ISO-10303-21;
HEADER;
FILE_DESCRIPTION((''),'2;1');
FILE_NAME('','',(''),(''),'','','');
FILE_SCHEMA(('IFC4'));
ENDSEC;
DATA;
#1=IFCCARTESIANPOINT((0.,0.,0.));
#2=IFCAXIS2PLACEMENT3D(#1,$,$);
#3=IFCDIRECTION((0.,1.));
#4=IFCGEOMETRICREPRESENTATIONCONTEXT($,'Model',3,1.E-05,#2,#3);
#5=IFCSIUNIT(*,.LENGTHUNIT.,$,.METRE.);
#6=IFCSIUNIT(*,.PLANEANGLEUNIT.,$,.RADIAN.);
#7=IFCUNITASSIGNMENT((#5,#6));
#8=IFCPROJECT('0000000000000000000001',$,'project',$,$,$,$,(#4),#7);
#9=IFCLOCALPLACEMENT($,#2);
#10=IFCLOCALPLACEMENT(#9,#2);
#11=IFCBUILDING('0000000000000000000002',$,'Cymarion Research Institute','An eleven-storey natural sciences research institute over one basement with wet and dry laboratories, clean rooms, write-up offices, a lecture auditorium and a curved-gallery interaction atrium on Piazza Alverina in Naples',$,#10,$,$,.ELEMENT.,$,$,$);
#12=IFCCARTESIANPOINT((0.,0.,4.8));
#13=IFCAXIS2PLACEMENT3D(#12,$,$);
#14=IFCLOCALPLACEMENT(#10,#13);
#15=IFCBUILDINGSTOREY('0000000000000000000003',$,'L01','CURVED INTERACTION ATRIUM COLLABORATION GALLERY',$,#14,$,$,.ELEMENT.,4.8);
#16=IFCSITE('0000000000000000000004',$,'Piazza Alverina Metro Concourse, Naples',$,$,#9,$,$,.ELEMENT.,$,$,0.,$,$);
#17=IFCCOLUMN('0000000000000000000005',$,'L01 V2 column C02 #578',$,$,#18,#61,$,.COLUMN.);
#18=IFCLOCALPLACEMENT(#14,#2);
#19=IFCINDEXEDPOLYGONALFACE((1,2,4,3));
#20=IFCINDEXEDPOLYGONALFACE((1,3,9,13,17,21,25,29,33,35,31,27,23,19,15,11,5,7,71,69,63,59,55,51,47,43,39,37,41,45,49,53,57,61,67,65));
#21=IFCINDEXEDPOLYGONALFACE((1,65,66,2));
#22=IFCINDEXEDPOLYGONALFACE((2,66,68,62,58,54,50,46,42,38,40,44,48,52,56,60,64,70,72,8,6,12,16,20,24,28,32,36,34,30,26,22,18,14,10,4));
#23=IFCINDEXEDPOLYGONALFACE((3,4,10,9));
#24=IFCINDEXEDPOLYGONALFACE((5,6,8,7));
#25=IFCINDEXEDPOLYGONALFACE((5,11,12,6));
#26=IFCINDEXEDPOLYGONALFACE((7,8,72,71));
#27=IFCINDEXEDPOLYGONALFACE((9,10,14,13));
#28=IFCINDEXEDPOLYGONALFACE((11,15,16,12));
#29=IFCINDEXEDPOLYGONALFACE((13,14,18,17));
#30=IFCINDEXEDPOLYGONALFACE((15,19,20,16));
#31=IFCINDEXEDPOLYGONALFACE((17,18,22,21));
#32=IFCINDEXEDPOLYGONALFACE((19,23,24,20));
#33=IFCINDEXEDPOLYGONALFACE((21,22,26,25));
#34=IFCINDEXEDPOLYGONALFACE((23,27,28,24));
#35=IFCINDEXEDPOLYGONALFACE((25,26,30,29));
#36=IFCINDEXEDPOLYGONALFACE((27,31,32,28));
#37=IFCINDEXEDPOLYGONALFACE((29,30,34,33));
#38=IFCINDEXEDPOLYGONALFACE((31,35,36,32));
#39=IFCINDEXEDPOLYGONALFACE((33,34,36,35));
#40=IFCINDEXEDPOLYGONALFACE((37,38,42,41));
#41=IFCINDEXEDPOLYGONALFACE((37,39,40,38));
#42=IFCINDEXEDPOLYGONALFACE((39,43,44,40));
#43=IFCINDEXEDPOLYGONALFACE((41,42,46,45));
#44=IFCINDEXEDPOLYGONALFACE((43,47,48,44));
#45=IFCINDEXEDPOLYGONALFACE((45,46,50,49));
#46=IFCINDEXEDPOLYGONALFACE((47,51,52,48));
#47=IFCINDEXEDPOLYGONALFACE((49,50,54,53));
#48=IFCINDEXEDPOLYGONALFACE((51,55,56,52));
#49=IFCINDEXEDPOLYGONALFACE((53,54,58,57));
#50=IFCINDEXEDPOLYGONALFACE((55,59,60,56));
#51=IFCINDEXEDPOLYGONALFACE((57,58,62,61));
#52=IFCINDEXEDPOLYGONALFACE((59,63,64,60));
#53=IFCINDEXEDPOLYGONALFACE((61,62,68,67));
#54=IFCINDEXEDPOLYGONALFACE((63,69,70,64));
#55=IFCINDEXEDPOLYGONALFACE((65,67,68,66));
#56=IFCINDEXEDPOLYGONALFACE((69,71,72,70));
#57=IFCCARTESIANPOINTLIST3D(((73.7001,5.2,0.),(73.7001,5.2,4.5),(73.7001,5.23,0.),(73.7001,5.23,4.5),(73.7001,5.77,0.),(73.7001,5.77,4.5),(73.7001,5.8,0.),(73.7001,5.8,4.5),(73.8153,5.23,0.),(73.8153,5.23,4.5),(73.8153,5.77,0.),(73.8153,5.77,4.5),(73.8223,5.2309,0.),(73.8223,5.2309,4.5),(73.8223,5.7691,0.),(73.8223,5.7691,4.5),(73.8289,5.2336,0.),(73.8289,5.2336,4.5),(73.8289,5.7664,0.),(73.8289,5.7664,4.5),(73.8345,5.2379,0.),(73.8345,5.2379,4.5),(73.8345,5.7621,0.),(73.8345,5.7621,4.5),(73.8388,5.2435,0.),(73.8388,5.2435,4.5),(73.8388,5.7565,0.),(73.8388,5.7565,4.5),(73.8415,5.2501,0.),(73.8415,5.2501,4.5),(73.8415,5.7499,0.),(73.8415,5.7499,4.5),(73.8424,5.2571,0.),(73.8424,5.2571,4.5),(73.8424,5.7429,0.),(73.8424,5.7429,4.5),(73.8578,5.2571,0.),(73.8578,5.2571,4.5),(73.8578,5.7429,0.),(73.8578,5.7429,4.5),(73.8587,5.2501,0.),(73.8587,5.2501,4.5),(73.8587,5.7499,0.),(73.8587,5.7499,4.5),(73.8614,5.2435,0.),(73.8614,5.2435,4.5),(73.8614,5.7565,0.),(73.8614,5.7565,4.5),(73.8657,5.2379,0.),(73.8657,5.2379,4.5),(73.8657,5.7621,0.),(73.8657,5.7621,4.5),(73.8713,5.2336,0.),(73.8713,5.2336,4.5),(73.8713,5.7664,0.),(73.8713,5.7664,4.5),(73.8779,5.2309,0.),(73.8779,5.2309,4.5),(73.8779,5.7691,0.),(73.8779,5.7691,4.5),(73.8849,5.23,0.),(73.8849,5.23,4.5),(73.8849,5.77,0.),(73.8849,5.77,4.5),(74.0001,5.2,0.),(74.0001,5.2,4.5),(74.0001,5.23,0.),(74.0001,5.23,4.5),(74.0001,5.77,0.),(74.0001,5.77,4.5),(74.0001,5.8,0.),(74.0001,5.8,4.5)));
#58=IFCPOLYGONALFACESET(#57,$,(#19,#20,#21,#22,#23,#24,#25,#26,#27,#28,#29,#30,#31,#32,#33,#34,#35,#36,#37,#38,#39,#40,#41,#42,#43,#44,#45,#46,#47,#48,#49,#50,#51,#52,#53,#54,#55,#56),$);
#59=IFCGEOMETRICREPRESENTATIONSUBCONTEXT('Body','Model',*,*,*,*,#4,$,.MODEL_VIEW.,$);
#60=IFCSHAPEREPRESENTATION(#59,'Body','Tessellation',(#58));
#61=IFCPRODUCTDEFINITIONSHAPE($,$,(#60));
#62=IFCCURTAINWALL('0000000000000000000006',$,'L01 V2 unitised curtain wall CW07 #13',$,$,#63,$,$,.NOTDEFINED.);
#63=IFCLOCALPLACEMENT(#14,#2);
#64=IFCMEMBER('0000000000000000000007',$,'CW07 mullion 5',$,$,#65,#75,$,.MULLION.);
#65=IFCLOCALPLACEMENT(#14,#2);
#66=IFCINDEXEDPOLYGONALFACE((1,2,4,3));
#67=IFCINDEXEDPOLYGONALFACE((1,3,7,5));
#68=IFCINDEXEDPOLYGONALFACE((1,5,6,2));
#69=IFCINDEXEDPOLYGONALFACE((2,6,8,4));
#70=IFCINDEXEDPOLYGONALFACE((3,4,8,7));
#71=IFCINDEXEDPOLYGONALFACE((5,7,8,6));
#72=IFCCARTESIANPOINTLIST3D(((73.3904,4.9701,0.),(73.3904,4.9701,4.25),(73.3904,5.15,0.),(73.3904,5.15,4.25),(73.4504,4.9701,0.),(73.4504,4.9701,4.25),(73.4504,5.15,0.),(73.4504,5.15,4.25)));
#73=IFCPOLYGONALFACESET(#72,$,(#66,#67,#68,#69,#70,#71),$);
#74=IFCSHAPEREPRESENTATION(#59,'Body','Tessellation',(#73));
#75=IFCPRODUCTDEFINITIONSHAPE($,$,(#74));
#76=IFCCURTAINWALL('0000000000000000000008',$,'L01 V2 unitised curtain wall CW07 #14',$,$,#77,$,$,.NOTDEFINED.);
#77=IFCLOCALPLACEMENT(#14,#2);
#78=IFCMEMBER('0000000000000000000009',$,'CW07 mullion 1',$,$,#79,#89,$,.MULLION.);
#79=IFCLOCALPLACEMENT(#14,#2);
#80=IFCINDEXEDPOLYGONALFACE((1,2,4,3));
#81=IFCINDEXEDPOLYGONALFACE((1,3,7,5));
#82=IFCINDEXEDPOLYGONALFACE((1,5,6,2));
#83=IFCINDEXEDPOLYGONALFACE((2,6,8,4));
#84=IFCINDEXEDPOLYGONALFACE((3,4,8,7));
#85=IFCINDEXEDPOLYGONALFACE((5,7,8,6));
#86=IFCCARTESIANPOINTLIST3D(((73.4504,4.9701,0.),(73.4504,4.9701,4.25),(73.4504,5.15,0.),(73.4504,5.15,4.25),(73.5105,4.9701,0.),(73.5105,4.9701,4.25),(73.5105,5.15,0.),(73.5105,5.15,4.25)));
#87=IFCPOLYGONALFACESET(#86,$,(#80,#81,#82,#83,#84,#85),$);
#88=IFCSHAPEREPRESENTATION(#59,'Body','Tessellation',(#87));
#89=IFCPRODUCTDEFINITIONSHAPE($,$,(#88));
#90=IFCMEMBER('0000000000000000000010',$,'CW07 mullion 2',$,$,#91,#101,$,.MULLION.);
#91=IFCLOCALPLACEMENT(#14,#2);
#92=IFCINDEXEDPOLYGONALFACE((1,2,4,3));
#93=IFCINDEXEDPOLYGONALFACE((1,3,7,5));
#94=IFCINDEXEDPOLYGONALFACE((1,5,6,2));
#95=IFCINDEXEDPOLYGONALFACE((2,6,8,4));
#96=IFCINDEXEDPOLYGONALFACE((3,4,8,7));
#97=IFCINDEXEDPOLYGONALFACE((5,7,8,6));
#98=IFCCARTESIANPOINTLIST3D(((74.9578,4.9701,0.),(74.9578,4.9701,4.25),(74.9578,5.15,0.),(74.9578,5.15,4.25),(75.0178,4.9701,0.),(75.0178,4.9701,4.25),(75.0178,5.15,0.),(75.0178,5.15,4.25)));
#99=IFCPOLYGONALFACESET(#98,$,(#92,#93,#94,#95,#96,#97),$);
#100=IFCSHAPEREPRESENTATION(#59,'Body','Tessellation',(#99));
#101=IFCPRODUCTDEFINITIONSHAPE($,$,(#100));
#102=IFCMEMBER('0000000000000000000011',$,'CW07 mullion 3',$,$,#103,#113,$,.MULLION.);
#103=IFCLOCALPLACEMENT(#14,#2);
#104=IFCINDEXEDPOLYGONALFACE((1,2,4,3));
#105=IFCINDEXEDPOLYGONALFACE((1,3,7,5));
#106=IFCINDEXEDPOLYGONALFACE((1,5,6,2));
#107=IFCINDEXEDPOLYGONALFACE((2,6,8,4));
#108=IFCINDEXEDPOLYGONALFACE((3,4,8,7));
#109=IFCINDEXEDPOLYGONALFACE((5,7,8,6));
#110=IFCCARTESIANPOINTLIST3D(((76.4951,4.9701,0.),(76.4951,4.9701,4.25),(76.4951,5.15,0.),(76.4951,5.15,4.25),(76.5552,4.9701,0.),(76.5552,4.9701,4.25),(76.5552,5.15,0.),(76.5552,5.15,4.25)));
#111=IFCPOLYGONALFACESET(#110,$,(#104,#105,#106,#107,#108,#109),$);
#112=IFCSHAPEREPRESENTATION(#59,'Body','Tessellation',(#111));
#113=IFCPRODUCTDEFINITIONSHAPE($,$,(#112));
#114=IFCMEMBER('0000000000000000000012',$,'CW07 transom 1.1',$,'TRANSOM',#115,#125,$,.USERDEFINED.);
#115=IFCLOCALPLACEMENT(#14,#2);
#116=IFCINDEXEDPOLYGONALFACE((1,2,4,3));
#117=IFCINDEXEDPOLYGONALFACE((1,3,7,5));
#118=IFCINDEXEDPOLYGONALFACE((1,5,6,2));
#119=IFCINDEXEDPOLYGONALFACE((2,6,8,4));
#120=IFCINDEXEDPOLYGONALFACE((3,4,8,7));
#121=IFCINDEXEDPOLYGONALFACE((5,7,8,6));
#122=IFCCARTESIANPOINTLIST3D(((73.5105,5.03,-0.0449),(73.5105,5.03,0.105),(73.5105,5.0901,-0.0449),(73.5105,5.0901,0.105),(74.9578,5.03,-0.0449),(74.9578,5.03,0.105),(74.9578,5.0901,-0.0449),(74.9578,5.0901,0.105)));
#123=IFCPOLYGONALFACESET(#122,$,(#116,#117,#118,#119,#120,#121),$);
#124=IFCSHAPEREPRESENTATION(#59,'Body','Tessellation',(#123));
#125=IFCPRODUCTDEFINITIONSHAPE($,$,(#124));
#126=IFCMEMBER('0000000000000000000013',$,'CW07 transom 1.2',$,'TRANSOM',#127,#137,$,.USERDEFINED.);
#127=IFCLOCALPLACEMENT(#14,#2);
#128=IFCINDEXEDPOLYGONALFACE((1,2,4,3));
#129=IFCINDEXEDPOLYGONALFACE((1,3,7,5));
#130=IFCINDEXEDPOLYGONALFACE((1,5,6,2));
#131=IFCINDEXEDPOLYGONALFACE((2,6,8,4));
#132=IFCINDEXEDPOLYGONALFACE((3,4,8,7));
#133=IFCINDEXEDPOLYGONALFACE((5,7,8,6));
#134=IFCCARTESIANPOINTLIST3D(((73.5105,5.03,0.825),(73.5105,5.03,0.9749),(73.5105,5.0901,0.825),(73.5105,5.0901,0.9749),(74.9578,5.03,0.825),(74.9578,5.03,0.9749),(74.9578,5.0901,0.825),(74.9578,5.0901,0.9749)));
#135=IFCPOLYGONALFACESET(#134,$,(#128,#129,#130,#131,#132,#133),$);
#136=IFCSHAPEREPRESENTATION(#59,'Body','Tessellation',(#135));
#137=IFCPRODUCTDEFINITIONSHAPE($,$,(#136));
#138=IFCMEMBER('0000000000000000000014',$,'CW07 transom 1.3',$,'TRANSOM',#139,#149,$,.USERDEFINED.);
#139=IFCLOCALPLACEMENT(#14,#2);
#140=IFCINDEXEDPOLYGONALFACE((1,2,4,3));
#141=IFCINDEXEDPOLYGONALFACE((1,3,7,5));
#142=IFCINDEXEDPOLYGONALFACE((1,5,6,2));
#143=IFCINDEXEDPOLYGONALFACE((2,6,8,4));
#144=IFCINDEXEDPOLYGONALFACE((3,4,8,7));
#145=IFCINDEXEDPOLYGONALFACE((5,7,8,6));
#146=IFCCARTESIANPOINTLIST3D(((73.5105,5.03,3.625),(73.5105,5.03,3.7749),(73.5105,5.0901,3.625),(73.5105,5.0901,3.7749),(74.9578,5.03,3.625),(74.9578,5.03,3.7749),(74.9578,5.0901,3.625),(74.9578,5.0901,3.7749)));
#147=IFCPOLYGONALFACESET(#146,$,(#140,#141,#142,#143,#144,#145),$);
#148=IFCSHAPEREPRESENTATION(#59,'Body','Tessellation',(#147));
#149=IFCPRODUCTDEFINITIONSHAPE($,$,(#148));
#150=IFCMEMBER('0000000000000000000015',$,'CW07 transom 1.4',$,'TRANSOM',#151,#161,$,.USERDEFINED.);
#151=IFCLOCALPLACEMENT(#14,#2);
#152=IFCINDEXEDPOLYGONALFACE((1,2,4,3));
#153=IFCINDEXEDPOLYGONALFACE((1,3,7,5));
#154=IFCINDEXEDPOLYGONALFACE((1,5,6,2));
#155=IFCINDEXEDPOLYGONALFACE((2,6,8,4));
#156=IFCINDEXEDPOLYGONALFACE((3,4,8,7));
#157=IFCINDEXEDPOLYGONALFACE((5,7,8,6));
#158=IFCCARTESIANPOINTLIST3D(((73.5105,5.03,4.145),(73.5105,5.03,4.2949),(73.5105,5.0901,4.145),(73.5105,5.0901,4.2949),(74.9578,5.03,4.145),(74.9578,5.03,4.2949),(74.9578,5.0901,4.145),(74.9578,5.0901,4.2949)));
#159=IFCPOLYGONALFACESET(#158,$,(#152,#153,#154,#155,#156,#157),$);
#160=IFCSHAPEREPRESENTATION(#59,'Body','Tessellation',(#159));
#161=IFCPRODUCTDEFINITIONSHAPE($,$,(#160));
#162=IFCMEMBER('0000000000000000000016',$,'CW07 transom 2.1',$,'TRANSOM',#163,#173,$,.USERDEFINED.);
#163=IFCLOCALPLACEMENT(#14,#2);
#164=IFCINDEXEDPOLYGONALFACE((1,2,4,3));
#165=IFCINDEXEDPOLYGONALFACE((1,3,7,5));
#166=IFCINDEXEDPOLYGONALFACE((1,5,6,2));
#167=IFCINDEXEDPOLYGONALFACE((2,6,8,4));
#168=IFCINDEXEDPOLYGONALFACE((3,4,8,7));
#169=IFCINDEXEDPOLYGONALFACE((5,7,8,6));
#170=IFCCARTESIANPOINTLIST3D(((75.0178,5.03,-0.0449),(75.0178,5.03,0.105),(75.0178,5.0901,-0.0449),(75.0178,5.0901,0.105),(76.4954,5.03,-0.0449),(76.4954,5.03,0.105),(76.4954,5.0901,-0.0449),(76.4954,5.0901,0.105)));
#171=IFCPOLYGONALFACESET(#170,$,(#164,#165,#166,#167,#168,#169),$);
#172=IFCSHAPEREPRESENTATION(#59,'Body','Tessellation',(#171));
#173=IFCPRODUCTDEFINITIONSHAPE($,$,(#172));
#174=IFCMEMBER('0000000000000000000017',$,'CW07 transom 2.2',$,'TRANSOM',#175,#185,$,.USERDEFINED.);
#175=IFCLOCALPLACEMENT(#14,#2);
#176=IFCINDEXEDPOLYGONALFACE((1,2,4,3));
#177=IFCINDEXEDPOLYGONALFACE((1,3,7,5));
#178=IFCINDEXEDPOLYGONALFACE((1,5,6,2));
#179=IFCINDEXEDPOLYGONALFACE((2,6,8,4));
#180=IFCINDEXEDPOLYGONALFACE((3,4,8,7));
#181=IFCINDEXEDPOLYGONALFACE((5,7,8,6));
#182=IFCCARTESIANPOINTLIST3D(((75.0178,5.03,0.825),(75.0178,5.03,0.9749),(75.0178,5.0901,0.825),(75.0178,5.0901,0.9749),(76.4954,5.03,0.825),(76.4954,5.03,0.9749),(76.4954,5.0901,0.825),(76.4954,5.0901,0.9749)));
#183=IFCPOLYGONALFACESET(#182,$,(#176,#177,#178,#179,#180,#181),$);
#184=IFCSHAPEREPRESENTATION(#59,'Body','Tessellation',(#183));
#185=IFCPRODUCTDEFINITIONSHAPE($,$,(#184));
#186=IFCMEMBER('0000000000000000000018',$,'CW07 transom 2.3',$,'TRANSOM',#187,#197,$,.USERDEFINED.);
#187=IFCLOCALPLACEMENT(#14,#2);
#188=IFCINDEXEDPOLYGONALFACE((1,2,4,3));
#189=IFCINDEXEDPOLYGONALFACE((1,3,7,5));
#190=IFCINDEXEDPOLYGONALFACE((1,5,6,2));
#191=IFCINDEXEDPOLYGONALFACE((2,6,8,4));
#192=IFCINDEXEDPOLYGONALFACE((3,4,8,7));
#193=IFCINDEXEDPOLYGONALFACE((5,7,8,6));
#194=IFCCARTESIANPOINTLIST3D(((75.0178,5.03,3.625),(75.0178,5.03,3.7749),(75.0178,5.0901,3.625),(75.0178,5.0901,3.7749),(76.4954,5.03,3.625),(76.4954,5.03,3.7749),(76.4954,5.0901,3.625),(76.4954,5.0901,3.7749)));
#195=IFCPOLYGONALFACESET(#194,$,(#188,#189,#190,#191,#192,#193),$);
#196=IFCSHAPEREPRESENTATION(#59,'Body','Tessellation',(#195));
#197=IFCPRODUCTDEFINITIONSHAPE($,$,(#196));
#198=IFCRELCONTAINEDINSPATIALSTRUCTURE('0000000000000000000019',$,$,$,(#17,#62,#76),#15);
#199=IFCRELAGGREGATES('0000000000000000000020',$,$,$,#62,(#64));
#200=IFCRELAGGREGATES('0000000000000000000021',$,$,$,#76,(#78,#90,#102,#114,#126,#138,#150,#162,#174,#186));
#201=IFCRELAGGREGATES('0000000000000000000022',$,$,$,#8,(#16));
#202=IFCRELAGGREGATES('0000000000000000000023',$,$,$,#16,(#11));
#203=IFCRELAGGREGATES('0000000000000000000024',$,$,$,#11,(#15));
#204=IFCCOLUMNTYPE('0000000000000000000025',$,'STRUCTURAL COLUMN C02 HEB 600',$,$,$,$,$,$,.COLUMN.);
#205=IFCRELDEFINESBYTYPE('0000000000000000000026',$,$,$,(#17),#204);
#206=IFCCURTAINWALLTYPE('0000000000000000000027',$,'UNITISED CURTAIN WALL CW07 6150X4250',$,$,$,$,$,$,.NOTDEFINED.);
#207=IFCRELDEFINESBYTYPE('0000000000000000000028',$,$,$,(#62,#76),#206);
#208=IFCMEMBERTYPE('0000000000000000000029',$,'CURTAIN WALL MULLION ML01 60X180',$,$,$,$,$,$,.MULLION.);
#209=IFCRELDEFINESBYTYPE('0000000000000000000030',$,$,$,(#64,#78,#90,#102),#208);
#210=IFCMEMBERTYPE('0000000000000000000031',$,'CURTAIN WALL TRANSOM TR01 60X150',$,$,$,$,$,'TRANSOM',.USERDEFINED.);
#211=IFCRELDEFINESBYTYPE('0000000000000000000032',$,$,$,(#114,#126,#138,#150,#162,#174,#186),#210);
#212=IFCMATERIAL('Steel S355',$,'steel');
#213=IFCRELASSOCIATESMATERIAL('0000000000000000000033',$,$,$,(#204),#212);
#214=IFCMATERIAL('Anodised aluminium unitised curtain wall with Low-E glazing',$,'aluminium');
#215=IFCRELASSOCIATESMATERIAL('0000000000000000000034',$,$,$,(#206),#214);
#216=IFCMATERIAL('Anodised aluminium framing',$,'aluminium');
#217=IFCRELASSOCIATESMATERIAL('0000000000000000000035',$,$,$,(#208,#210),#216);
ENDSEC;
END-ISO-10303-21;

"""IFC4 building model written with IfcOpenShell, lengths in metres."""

from ifc_helpers import new_model, si_unit, direction, frame, origin, origin_2d, place, context, subcontext, project, spatial, rectangle, i_section, extrude, material, material_profile, profile_set, type_object, element, aggregate, save


model = new_model("IFC4")

# Units and contexts
model_context = context("Model", 3, precision=1e-05, world=origin(), true_north=direction((0.0, 1.0)))
body_context = subcontext(model_context, "Body", "Model", "MODEL_VIEW")
ifc_project = project(units=[si_unit("LENGTHUNIT", "METRE"), si_unit("PLANEANGLEUNIT", "RADIAN")], contexts=[model_context])

# Site, building, storey
site_placement = place(None, origin())
site = spatial("IfcSite", under=ifc_project, at=site_placement, Name="Piazza Alverina Metro Concourse, Naples", CompositionType="ELEMENT", RefElevation=0.0)
building_placement = place(site_placement, origin())
building = spatial("IfcBuilding", under=site, at=building_placement, Name="Cymarion Research Institute", Description="An eleven-storey natural sciences research institute over one basement with wet and dry laboratories, clean rooms, write-up offices, a lecture auditorium and a curved-gallery interaction atrium on Piazza Alverina in Naples", CompositionType="ELEMENT")
storey_placement = place(building_placement, frame((0.0, 0.0, 4.8)))
storey = spatial("IfcBuildingStorey", under=building, at=storey_placement, Name="L01", Description="CURVED INTERACTION ATRIUM COLLABORATION GALLERY", CompositionType="ELEMENT", Elevation=4.8)

# Column
ifc_material_1 = material(Name="Steel S355", Category="steel")
ifc_material_profile_1 = material_profile(ifc_material_1, i_section(OverallWidth=0.3, OverallDepth=0.6001, WebThickness=0.0154, FlangeThickness=0.03, FilletRadius=0.0271, at=origin_2d()), Name="HEB 600")
ifc_profile_set_1 = profile_set([ifc_material_profile_1], Name="Steel S355")
column_type = type_object("IfcColumnType", Name="STRUCTURAL COLUMN C02 HEB 600", PredefinedType="COLUMN", material=ifc_profile_set_1)
column_placement = place(storey_placement, frame((73.8501, 5.5, 0.0), z_axis=(0.0, 0.0, 1.0), x_axis=(1.0, 0.0, 0.0)))
element("IfcColumn", 1, at=column_placement, inside=storey, type_object=column_type, Name="L01 V2 column C02 #578", PredefinedType="COLUMN", context=body_context, shape_type="SweptSolid", body=[
    extrude(i_section(OverallWidth=0.3, OverallDepth=0.6001, WebThickness=0.0154, FlangeThickness=0.03, FilletRadius=0.0271, at=origin_2d()), origin(), (0.0, 0.0, 1.0), 4.5),
])

# Curtain wall, member
ifc_material_2 = material(Name="Anodised aluminium unitised curtain wall with Low-E glazing", Category="aluminium")
curtain_wall_type = type_object("IfcCurtainWallType", Name="UNITISED CURTAIN WALL CW07 6150X4250", PredefinedType="NOTDEFINED", material=ifc_material_2)
curtain_wall_1_placement = place(storey_placement, origin())
curtain_wall_1 = element("IfcCurtainWall", 2, at=curtain_wall_1_placement, inside=storey, type_object=curtain_wall_type, Name="L01 V2 unitised curtain wall CW07 #13", PredefinedType="NOTDEFINED")
ifc_material_3 = material(Name="Anodised aluminium framing", Category="aluminium")
ifc_material_profile_2 = material_profile(ifc_material_3, rectangle(XDim=0.0601, YDim=0.1799, at=origin_2d()), Name="ALU MULLION 60x180")
ifc_profile_set_2 = profile_set([ifc_material_profile_2], Name="Anodised aluminium framing")
member_type_1 = type_object("IfcMemberType", Name="CURTAIN WALL MULLION ML01 60X180", PredefinedType="MULLION", material=ifc_profile_set_2)
member_1_placement = place(storey_placement, frame((73.4204, 5.0601, 0.0), z_axis=(0.0, 0.0, 1.0), x_axis=(1.0, 0.0, 0.0)))
member_1 = element("IfcMember", 3, at=member_1_placement, type_object=member_type_1, Name="CW07 mullion 5", PredefinedType="MULLION", context=body_context, shape_type="SweptSolid", body=[
    extrude(rectangle(XDim=0.0601, YDim=0.1799, at=origin_2d()), origin(), (0.0, 0.0, 1.0), 4.25),
])

# Curtain wall, members
curtain_wall_2_placement = place(storey_placement, origin())
curtain_wall_2 = element("IfcCurtainWall", 4, at=curtain_wall_2_placement, inside=storey, type_object=curtain_wall_type, Name="L01 V2 unitised curtain wall CW07 #14", PredefinedType="NOTDEFINED")
member_2_placement = place(storey_placement, frame((73.4805, 5.0601, 0.0), z_axis=(0.0, 0.0, 1.0), x_axis=(1.0, 0.0, 0.0)))
member_2 = element("IfcMember", 5, at=member_2_placement, type_object=member_type_1, Name="CW07 mullion 1", PredefinedType="MULLION", context=body_context, shape_type="SweptSolid", body=[
    extrude(rectangle(XDim=0.0601, YDim=0.1799, at=origin_2d()), origin(), (0.0, 0.0, 1.0), 4.25),
])
member_3_placement = place(storey_placement, frame((74.9878, 5.0601, 0.0), z_axis=(0.0, 0.0, 1.0), x_axis=(1.0, 0.0, 0.0)))
member_3 = element("IfcMember", 6, at=member_3_placement, type_object=member_type_1, Name="CW07 mullion 2", PredefinedType="MULLION", context=body_context, shape_type="SweptSolid", body=[
    extrude(rectangle(XDim=0.0601, YDim=0.1799, at=origin_2d()), origin(), (0.0, 0.0, 1.0), 4.25),
])
member_4_placement = place(storey_placement, frame((76.5251, 5.0601, 0.0), z_axis=(0.0, 0.0, 1.0), x_axis=(1.0, 0.0, 0.0)))
member_4 = element("IfcMember", 7, at=member_4_placement, type_object=member_type_1, Name="CW07 mullion 3", PredefinedType="MULLION", context=body_context, shape_type="SweptSolid", body=[
    extrude(rectangle(XDim=0.0601, YDim=0.1799, at=origin_2d()), origin(), (0.0, 0.0, 1.0), 4.25),
])
ifc_material_profile_3 = material_profile(ifc_material_3, rectangle(XDim=0.0601, YDim=0.1499, at=origin_2d()), Name="ALU TRANSOM 60x150")
ifc_profile_set_3 = profile_set([ifc_material_profile_3], Name="Anodised aluminium framing")
member_type_2 = type_object("IfcMemberType", Name="CURTAIN WALL TRANSOM TR01 60X150", ElementType="TRANSOM", PredefinedType="USERDEFINED", material=ifc_profile_set_3)
member_5_placement = place(storey_placement, frame((73.5105, 5.0601, 0.03), z_axis=(1.0, 0.0, 0.0), x_axis=(0.0, 1.0, 0.0)))
member_5 = element("IfcMember", 8, at=member_5_placement, type_object=member_type_2, Name="CW07 transom 1.1", ObjectType="TRANSOM", PredefinedType="USERDEFINED", context=body_context, shape_type="SweptSolid", body=[
    extrude(rectangle(XDim=0.0601, YDim=0.1499, at=origin_2d()), origin(), (0.0, 0.0, 1.0), 1.4473),
])
member_6_placement = place(storey_placement, frame((73.5105, 5.0601, 0.8999), z_axis=(1.0, 0.0, 0.0), x_axis=(0.0, 1.0, 0.0)))
member_6 = element("IfcMember", 9, at=member_6_placement, type_object=member_type_2, Name="CW07 transom 1.2", ObjectType="TRANSOM", PredefinedType="USERDEFINED", context=body_context, shape_type="SweptSolid", body=[
    extrude(rectangle(XDim=0.0601, YDim=0.1499, at=origin_2d()), origin(), (0.0, 0.0, 1.0), 1.4473),
])
member_7_placement = place(storey_placement, frame((73.5105, 5.0601, 3.7), z_axis=(1.0, 0.0, 0.0), x_axis=(0.0, 1.0, 0.0)))
member_7 = element("IfcMember", 10, at=member_7_placement, type_object=member_type_2, Name="CW07 transom 1.3", ObjectType="TRANSOM", PredefinedType="USERDEFINED", context=body_context, shape_type="SweptSolid", body=[
    extrude(rectangle(XDim=0.0601, YDim=0.1499, at=origin_2d()), origin(), (0.0, 0.0, 1.0), 1.4473),
])
member_8_placement = place(storey_placement, frame((73.5105, 5.0601, 4.22), z_axis=(1.0, 0.0, 0.0), x_axis=(0.0, 1.0, 0.0)))
member_8 = element("IfcMember", 11, at=member_8_placement, type_object=member_type_2, Name="CW07 transom 1.4", ObjectType="TRANSOM", PredefinedType="USERDEFINED", context=body_context, shape_type="SweptSolid", body=[
    extrude(rectangle(XDim=0.0601, YDim=0.1499, at=origin_2d()), origin(), (0.0, 0.0, 1.0), 1.4473),
])
member_9_placement = place(storey_placement, frame((75.0178, 5.0601, 0.03), z_axis=(1.0, 0.0, 0.0), x_axis=(0.0, 1.0, 0.0)))
member_9 = element("IfcMember", 12, at=member_9_placement, type_object=member_type_2, Name="CW07 transom 2.1", ObjectType="TRANSOM", PredefinedType="USERDEFINED", context=body_context, shape_type="SweptSolid", body=[
    extrude(rectangle(XDim=0.0601, YDim=0.1499, at=origin_2d()), origin(), (0.0, 0.0, 1.0), 1.4775),
])
member_10_placement = place(storey_placement, frame((75.0178, 5.0601, 0.8999), z_axis=(1.0, 0.0, 0.0), x_axis=(0.0, 1.0, 0.0)))
member_10 = element("IfcMember", 13, at=member_10_placement, type_object=member_type_2, Name="CW07 transom 2.2", ObjectType="TRANSOM", PredefinedType="USERDEFINED", context=body_context, shape_type="SweptSolid", body=[
    extrude(rectangle(XDim=0.0601, YDim=0.1499, at=origin_2d()), origin(), (0.0, 0.0, 1.0), 1.4775),
])
member_11_placement = place(storey_placement, frame((75.0178, 5.0601, 3.7), z_axis=(1.0, 0.0, 0.0), x_axis=(0.0, 1.0, 0.0)))
member_11 = element("IfcMember", 14, at=member_11_placement, type_object=member_type_2, Name="CW07 transom 2.3", ObjectType="TRANSOM", PredefinedType="USERDEFINED", context=body_context, shape_type="SweptSolid", body=[
    extrude(rectangle(XDim=0.0601, YDim=0.1499, at=origin_2d()), origin(), (0.0, 0.0, 1.0), 1.4775),
])

aggregate(curtain_wall_1, [member_1])
aggregate(curtain_wall_2, [member_2, member_3, member_4, member_5, member_6, member_7, member_8, member_9, member_10, member_11])

save(model, "model.ifc")
